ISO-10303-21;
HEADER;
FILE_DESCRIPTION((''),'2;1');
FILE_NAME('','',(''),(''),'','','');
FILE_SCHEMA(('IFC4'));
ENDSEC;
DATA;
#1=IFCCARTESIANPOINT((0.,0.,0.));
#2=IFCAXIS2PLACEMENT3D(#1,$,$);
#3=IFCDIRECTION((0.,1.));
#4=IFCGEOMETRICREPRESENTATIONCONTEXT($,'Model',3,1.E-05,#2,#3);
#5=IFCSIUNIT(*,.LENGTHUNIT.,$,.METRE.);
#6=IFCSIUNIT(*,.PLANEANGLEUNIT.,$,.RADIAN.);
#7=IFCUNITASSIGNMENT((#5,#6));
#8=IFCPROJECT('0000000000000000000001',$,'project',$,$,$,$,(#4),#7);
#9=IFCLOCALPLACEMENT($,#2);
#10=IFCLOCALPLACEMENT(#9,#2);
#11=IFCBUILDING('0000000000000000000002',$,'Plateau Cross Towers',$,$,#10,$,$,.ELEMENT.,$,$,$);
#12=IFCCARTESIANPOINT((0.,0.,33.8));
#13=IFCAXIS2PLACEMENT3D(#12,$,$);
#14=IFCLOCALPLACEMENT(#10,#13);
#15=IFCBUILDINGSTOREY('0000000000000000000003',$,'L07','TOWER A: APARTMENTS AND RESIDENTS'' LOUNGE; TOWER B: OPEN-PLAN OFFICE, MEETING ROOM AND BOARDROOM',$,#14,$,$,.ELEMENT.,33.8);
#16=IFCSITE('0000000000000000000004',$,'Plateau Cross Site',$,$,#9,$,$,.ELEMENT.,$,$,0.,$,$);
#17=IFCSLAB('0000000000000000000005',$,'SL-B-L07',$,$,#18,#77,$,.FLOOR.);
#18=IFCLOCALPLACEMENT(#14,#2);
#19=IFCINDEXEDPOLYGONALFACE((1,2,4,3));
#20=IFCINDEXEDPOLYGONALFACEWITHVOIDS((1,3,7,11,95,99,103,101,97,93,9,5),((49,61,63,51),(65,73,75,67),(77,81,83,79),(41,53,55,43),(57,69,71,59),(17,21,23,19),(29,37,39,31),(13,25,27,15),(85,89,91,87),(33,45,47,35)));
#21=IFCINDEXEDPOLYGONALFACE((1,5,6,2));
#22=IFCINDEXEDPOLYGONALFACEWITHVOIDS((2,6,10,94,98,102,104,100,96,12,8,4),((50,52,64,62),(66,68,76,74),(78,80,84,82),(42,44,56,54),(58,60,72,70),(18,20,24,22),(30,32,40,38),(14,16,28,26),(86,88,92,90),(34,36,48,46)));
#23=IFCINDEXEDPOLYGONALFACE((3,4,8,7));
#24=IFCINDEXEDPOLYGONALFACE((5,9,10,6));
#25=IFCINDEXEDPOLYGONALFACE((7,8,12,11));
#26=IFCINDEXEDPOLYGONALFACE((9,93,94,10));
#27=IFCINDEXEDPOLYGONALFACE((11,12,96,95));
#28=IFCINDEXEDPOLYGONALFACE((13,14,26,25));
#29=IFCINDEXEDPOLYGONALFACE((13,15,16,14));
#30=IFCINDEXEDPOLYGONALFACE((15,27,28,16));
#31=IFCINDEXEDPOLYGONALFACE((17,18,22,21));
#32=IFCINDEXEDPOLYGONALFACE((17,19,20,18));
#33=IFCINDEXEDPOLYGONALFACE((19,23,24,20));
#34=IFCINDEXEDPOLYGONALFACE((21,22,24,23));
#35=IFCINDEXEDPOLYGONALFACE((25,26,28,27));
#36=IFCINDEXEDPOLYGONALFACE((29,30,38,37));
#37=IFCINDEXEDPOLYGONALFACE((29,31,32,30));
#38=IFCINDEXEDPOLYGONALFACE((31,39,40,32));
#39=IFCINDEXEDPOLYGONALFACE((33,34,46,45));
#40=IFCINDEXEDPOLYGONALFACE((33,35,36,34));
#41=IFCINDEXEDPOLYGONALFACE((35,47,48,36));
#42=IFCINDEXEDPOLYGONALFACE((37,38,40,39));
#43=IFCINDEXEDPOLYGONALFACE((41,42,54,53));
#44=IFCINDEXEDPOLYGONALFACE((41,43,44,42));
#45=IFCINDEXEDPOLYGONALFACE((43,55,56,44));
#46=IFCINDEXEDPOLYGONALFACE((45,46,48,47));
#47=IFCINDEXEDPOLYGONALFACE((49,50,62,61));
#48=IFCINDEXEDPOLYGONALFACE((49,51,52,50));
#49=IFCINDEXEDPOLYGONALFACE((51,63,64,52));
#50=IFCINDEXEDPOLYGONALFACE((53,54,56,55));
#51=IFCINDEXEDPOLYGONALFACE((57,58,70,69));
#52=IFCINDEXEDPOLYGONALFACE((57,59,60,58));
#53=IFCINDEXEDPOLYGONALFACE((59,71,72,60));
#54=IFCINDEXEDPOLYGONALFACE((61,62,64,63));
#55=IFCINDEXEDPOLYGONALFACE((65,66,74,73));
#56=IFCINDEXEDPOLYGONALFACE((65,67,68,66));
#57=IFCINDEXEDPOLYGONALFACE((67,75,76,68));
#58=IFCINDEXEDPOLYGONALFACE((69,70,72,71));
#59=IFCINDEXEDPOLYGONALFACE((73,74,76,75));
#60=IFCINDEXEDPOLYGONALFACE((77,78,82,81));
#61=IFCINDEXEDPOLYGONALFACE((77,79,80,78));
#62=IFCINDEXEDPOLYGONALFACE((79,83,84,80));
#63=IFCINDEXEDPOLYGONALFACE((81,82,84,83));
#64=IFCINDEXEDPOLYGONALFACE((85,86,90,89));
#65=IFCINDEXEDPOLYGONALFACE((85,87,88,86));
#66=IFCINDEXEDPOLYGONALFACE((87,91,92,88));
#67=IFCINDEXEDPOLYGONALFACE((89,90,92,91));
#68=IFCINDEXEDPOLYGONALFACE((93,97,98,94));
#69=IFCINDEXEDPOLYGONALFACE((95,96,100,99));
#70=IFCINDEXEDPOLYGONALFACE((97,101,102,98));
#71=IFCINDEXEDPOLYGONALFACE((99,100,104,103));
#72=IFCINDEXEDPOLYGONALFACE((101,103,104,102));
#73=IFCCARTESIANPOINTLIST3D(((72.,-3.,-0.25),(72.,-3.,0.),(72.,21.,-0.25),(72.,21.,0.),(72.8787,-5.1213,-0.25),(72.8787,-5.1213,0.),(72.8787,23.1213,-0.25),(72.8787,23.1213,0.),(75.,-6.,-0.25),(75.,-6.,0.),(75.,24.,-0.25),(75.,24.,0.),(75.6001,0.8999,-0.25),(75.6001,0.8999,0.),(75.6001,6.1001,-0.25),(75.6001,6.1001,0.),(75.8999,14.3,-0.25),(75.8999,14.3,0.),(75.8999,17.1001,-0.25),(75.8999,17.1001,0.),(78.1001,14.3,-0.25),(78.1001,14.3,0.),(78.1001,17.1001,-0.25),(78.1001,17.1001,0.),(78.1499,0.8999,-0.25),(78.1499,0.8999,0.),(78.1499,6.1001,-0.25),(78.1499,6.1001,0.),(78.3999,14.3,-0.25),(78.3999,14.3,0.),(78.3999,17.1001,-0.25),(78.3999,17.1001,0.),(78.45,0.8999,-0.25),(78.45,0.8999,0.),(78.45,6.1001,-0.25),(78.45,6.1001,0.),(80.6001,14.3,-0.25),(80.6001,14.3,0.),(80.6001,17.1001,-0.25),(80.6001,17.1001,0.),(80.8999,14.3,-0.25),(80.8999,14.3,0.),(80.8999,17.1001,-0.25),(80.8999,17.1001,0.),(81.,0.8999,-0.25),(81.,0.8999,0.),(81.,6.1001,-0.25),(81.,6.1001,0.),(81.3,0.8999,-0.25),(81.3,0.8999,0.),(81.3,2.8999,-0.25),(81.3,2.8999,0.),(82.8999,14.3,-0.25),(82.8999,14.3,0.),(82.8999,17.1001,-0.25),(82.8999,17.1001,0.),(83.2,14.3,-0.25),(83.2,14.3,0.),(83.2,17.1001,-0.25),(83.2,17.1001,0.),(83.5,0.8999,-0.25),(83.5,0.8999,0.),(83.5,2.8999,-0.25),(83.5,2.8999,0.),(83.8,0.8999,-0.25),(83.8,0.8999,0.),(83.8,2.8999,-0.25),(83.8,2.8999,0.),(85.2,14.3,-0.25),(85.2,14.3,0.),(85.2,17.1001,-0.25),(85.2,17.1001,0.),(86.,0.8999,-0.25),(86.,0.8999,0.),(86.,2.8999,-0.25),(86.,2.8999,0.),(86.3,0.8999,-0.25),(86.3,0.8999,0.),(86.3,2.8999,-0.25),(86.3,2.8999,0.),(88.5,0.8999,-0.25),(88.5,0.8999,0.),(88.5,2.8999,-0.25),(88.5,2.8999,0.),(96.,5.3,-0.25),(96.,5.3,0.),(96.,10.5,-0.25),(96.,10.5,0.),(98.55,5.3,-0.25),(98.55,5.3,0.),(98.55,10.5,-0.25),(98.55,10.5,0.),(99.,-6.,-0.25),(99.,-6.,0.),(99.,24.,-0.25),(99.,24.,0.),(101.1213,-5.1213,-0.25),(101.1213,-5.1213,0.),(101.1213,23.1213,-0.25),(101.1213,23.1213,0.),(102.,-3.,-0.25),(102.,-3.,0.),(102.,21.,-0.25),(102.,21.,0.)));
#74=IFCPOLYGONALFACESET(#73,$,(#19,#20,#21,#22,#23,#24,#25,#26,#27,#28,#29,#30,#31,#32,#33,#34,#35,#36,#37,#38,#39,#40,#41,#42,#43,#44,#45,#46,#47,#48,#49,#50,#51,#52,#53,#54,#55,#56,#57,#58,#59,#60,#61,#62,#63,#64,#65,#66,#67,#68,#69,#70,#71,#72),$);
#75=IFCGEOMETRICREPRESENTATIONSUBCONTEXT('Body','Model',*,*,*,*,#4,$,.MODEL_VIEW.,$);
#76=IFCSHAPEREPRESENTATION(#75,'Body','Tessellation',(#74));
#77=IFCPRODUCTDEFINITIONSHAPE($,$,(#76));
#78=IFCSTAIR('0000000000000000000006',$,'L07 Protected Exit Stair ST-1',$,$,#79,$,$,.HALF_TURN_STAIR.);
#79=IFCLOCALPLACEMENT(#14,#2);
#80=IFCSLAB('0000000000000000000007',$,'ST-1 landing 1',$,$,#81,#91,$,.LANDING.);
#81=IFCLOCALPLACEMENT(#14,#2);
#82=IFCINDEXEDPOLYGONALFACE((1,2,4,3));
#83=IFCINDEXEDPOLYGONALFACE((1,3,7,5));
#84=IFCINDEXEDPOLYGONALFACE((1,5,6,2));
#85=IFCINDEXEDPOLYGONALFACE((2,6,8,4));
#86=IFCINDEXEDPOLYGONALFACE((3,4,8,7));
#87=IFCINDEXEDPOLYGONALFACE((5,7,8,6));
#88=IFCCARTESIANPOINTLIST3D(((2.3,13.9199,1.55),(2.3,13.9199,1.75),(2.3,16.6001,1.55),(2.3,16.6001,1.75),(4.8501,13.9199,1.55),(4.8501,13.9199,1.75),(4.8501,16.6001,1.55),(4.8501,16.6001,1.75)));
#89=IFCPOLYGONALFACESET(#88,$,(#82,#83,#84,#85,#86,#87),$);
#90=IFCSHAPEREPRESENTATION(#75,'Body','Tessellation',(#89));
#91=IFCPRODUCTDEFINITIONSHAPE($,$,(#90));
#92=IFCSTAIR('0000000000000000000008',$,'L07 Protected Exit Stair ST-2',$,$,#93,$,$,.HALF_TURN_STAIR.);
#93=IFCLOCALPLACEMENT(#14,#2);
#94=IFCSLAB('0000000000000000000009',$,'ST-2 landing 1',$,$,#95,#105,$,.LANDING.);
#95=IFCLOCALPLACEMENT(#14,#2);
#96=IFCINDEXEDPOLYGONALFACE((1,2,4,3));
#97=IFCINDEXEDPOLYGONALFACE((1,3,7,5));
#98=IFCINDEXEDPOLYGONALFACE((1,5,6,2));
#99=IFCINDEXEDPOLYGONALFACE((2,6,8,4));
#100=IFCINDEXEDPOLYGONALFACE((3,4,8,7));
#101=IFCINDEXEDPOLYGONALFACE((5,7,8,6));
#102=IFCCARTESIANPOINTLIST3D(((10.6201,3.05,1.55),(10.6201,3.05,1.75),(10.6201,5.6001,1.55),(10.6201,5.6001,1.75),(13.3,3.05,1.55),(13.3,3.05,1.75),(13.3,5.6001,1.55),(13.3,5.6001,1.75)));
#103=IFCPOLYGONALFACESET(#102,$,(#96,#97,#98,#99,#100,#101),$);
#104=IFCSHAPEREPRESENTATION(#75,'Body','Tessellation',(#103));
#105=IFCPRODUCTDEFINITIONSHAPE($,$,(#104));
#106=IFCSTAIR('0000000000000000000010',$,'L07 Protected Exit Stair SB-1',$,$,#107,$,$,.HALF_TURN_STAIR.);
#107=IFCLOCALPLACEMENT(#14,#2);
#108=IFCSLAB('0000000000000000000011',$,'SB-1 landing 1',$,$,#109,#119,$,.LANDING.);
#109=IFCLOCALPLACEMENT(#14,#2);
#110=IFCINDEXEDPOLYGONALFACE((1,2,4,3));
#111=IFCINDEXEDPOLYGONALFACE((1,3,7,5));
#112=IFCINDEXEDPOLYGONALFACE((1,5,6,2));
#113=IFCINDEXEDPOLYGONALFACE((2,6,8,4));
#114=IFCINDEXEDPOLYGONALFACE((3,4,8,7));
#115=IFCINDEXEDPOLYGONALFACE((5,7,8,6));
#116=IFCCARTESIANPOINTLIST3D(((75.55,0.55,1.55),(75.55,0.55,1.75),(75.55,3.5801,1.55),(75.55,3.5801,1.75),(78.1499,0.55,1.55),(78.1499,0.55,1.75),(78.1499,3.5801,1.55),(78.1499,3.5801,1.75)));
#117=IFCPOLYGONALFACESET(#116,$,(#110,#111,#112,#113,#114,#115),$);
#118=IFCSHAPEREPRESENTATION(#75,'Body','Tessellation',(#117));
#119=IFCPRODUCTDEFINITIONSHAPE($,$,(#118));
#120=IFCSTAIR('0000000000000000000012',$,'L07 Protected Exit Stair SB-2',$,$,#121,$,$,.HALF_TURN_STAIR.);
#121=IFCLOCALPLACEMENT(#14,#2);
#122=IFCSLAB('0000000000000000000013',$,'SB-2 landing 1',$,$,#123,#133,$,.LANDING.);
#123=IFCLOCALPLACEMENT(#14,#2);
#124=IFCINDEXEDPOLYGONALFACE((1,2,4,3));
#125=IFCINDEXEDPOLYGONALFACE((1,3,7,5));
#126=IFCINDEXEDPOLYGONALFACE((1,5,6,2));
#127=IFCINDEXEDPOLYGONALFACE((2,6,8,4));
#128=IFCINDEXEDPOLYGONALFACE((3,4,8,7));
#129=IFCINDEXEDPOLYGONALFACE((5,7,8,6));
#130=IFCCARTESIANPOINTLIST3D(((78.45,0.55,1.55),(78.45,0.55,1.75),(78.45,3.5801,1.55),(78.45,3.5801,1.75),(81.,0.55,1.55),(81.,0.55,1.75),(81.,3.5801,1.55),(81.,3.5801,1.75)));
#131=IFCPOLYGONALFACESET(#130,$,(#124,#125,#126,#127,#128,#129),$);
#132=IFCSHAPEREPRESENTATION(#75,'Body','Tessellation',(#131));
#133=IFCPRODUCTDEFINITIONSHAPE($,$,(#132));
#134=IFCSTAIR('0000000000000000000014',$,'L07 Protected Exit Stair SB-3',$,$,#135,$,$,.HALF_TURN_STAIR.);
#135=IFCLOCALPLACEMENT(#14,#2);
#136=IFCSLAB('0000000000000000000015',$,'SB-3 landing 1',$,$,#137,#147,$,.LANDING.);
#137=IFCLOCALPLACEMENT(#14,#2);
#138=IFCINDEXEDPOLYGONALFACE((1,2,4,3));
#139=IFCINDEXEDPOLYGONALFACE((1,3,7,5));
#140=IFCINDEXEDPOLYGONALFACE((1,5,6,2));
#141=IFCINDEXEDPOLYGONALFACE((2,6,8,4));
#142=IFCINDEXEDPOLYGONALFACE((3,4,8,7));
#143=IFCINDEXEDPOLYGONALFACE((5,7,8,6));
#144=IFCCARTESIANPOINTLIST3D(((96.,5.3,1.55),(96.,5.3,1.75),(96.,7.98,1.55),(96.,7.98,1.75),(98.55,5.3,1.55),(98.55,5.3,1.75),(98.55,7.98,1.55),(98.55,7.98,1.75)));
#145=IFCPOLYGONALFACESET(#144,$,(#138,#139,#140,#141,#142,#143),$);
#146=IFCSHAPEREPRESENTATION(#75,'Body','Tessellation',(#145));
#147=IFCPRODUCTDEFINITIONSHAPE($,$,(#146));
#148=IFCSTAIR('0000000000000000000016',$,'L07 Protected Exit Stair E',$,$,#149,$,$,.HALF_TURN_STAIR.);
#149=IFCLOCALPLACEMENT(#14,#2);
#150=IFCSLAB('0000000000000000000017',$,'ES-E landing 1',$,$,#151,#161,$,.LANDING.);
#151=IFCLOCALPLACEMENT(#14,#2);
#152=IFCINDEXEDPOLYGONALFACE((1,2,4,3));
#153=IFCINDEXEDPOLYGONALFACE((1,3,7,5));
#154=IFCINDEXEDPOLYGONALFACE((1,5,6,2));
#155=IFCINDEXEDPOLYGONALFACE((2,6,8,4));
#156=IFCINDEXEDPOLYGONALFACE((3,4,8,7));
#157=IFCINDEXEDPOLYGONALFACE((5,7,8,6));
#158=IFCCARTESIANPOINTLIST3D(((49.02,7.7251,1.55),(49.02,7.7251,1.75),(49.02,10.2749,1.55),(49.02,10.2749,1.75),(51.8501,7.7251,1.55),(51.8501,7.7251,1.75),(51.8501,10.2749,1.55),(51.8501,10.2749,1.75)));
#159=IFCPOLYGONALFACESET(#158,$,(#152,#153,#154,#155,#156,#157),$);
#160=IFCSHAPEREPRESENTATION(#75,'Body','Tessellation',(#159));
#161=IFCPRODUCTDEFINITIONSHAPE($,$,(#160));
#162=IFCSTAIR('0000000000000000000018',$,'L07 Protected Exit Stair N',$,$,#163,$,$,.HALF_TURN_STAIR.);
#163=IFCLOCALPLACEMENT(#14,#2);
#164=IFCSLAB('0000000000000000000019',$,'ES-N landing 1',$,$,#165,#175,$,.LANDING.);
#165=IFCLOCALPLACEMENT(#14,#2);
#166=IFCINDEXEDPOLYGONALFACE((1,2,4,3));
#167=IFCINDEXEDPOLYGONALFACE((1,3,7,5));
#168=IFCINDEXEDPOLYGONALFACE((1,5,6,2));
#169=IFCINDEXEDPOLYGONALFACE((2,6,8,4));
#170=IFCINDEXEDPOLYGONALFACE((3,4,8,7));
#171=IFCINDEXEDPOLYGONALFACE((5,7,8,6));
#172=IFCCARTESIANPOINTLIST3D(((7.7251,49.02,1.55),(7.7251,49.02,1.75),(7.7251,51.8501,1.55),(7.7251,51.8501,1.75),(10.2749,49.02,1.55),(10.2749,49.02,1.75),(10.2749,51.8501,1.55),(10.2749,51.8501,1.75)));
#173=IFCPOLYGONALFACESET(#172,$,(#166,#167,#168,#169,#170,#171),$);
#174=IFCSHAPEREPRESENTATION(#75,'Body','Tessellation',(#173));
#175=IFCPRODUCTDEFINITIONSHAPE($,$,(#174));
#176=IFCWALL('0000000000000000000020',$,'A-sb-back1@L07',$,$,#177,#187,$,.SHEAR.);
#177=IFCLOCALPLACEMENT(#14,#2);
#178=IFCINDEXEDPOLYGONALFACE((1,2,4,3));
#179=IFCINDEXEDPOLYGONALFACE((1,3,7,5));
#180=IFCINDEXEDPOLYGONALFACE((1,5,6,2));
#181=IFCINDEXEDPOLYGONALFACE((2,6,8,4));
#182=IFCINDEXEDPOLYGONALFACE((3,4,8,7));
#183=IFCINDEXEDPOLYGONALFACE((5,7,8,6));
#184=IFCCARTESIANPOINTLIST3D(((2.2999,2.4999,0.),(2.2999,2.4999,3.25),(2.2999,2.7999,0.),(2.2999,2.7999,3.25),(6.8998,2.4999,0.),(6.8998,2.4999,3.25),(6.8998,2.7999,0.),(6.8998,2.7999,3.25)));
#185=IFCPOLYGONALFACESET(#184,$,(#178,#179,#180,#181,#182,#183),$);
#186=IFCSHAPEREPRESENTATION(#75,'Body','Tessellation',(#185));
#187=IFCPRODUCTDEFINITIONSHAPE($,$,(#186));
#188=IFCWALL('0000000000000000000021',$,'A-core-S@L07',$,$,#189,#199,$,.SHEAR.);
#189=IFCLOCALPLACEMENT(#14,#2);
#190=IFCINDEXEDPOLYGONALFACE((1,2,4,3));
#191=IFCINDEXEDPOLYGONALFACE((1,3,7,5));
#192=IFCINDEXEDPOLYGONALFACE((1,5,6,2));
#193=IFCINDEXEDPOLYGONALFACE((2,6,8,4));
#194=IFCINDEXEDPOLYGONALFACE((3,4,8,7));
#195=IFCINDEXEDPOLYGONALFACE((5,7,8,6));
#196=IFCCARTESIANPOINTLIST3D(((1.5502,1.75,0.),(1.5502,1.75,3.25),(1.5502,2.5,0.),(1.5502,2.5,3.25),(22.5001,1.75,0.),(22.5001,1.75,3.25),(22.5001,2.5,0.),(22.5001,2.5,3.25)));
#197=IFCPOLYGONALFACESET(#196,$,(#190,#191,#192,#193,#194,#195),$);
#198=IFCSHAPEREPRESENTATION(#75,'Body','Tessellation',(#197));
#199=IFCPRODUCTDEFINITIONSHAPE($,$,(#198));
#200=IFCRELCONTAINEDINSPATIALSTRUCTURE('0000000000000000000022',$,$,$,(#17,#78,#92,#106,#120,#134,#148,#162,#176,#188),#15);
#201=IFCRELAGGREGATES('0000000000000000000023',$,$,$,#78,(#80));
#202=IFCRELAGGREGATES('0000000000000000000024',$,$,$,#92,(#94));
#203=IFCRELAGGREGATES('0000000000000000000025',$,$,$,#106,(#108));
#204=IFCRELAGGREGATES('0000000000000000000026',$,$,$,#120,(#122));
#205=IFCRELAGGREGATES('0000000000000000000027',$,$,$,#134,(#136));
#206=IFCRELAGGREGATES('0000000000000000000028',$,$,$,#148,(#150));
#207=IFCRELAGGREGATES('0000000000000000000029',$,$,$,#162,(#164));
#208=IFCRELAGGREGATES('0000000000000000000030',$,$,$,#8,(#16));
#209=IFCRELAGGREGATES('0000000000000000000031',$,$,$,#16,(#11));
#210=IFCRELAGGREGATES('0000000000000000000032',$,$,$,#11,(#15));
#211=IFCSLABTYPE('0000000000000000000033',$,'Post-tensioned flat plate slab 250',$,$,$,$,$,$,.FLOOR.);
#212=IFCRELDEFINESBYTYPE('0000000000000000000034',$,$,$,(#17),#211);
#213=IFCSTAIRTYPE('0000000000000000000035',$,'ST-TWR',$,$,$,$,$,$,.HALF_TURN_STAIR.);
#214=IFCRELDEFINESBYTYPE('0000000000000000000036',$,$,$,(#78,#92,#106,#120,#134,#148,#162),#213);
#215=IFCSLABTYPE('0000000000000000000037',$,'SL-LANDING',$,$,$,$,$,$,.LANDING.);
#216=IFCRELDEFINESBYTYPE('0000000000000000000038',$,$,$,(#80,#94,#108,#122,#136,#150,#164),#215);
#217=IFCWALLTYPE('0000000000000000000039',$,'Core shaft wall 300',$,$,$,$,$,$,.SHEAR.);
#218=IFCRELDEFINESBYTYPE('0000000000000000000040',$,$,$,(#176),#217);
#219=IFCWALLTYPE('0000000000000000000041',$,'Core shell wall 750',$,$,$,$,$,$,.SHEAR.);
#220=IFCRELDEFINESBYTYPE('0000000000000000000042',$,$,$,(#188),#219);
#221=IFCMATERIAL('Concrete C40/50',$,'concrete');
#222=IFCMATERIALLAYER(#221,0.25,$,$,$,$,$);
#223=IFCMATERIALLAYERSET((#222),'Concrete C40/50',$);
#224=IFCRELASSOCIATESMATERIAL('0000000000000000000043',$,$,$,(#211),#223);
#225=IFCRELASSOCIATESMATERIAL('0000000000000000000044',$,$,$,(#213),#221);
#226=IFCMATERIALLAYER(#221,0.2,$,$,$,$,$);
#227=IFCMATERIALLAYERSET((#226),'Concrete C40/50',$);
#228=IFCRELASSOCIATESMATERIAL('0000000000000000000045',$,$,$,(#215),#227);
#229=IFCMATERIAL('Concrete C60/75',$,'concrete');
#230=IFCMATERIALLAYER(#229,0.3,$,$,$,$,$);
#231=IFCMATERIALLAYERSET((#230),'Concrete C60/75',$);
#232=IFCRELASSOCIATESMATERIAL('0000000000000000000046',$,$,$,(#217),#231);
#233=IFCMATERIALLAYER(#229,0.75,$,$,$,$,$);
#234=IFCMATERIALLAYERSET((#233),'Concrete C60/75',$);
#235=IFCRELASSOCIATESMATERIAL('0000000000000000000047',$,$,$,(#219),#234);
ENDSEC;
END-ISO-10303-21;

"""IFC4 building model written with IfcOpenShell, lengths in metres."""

from ifc_helpers import new_model, si_unit, direction, frame, frame_2d, origin, place, context, subcontext, project, spatial, polyline, rectangle, outline, extrude, material, layer, layer_set, type_object, element, aggregate, save


model = new_model("IFC4")

# Units and contexts
model_context = context("Model", 3, precision=1e-05, world=origin(), true_north=direction((0.0, 1.0)))
body_context = subcontext(model_context, "Body", "Model", "MODEL_VIEW")
ifc_project = project(units=[si_unit("LENGTHUNIT", "METRE"), si_unit("PLANEANGLEUNIT", "RADIAN")], contexts=[model_context])

# Site, building, storey
site_placement = place(None, origin())
site = spatial("IfcSite", under=ifc_project, at=site_placement, Name="Plateau Cross Site", CompositionType="ELEMENT", RefElevation=0.0)
building_placement = place(site_placement, origin())
building = spatial("IfcBuilding", under=site, at=building_placement, Name="Plateau Cross Towers", CompositionType="ELEMENT")
storey_placement = place(building_placement, frame((0.0, 0.0, 33.8)))
storey = spatial("IfcBuildingStorey", under=building, at=storey_placement, Name="L07", Description="TOWER A: APARTMENTS AND RESIDENTS' LOUNGE; TOWER B: OPEN-PLAN OFFICE, MEETING ROOM AND BOARDROOM", CompositionType="ELEMENT", Elevation=33.8)

# Shared definitions
ifc_material_1 = material(Name="Concrete C60/75", Category="concrete")

# Shared definitions
ifc_material_2 = material(Name="Concrete C40/50", Category="concrete")

# Slab
ifc_layer_1 = layer(ifc_material_2, 0.25)
ifc_layer_set_1 = layer_set([ifc_layer_1], Name="Concrete C40/50")
slab_type_1 = type_object("IfcSlabType", Name="Post-tensioned flat plate slab 250", PredefinedType="FLOOR", material=ifc_layer_set_1)
slab_1_placement = place(storey_placement, frame((0.0, 0.0, -0.25)))
element("IfcSlab", 1, at=slab_1_placement, inside=storey, type_object=slab_type_1, Name="SL-B-L07", PredefinedType="FLOOR", context=body_context, shape_type="SweptSolid", body=[
    extrude(outline(polyline([(72.8787, -5.1213), (72.0, -3.0), (72.0, 21.0), (72.8787, 23.1213), (75.0, 24.0), (99.0, 24.0), (101.1213, 23.1213), (102.0, 21.0), (102.0, -3.0), (101.1213, -5.1213), (99.0, -6.0), (75.0, -6.0), (72.8787, -5.1213)]), holes=[polyline([(75.6001, 0.8999), (78.1499, 0.8999), (78.1499, 6.1001), (75.6001, 6.1001), (75.6001, 0.8999)]), polyline([(78.1001, 14.3), (78.1001, 17.1001), (75.8999, 17.1001), (75.8999, 14.3), (78.1001, 14.3)]), polyline([(83.5, 0.8999), (83.5, 2.8999), (81.3, 2.8999), (81.3, 0.8999), (83.5, 0.8999)]), polyline([(86.0, 0.8999), (86.0, 2.8999), (83.8, 2.8999), (83.8, 0.8999), (86.0, 0.8999)]), polyline([(88.5, 0.8999), (88.5, 2.8999), (86.3, 2.8999), (86.3, 0.8999), (88.5, 0.8999)]), polyline([(78.45, 0.8999), (81.0, 0.8999), (81.0, 6.1001), (78.45, 6.1001), (78.45, 0.8999)]), polyline([(96.0, 5.3), (98.55, 5.3), (98.55, 10.5), (96.0, 10.5), (96.0, 5.3)]), polyline([(80.6001, 14.3), (80.6001, 17.1001), (78.3999, 17.1001), (78.3999, 14.3), (80.6001, 14.3)]), polyline([(80.8999, 14.3), (82.8999, 14.3), (82.8999, 17.1001), (80.8999, 17.1001), (80.8999, 14.3)]), polyline([(83.2, 14.3), (85.2, 14.3), (85.2, 17.1001), (83.2, 17.1001), (83.2, 14.3)])]), origin(), (0.0, 0.0, 1.0), 0.25),
])

# Stairs, slabs
stair_type = type_object("IfcStairType", Name="ST-TWR", PredefinedType="HALF_TURN_STAIR", material=ifc_material_2)
stair_1_placement = place(storey_placement, origin())
stair_1 = element("IfcStair", 2, at=stair_1_placement, inside=storey, type_object=stair_type, Name="L07 Protected Exit Stair ST-1", PredefinedType="HALF_TURN_STAIR")
ifc_layer_2 = layer(ifc_material_2, 0.2)
ifc_layer_set_2 = layer_set([ifc_layer_2], Name="Concrete C40/50")
slab_type_2 = type_object("IfcSlabType", Name="SL-LANDING", PredefinedType="LANDING", material=ifc_layer_set_2)
slab_2_placement = place(storey_placement, frame((0.0, 0.0, 1.55)))
slab_2 = element("IfcSlab", 3, at=slab_2_placement, type_object=slab_type_2, Name="ST-1 landing 1", PredefinedType="LANDING", context=body_context, shape_type="SweptSolid", body=[
    extrude(outline(polyline([(4.8501, 13.9199), (4.8501, 16.6001), (2.3, 16.6001), (2.3, 13.9199), (4.8501, 13.9199)])), origin(), (0.0, 0.0, 1.0), 0.2),
])
aggregate(stair_1, [slab_2])
stair_2_placement = place(storey_placement, origin())
stair_2 = element("IfcStair", 4, at=stair_2_placement, inside=storey, type_object=stair_type, Name="L07 Protected Exit Stair ST-2", PredefinedType="HALF_TURN_STAIR")
slab_3_placement = place(storey_placement, frame((0.0, 0.0, 1.55)))
slab_3 = element("IfcSlab", 5, at=slab_3_placement, type_object=slab_type_2, Name="ST-2 landing 1", PredefinedType="LANDING", context=body_context, shape_type="SweptSolid", body=[
    extrude(outline(polyline([(10.6201, 3.05), (13.3, 3.05), (13.3, 5.6001), (10.6201, 5.6001), (10.6201, 3.05)])), origin(), (0.0, 0.0, 1.0), 0.2),
])
aggregate(stair_2, [slab_3])
stair_3_placement = place(storey_placement, origin())
stair_3 = element("IfcStair", 6, at=stair_3_placement, inside=storey, type_object=stair_type, Name="L07 Protected Exit Stair SB-1", PredefinedType="HALF_TURN_STAIR")
slab_4_placement = place(storey_placement, frame((0.0, 0.0, 1.55)))
slab_4 = element("IfcSlab", 7, at=slab_4_placement, type_object=slab_type_2, Name="SB-1 landing 1", PredefinedType="LANDING", context=body_context, shape_type="SweptSolid", body=[
    extrude(outline(polyline([(75.55, 3.5801), (75.55, 0.55), (78.1499, 0.55), (78.1499, 3.5801), (75.55, 3.5801)])), origin(), (0.0, 0.0, 1.0), 0.2),
])
aggregate(stair_3, [slab_4])
stair_4_placement = place(storey_placement, origin())
stair_4 = element("IfcStair", 8, at=stair_4_placement, inside=storey, type_object=stair_type, Name="L07 Protected Exit Stair SB-2", PredefinedType="HALF_TURN_STAIR")
slab_5_placement = place(storey_placement, frame((0.0, 0.0, 1.55)))
slab_5 = element("IfcSlab", 9, at=slab_5_placement, type_object=slab_type_2, Name="SB-2 landing 1", PredefinedType="LANDING", context=body_context, shape_type="SweptSolid", body=[
    extrude(outline(polyline([(78.45, 3.5801), (78.45, 0.55), (81.0, 0.55), (81.0, 3.5801), (78.45, 3.5801)])), origin(), (0.0, 0.0, 1.0), 0.2),
])
aggregate(stair_4, [slab_5])
stair_5_placement = place(storey_placement, origin())
stair_5 = element("IfcStair", 10, at=stair_5_placement, inside=storey, type_object=stair_type, Name="L07 Protected Exit Stair SB-3", PredefinedType="HALF_TURN_STAIR")
slab_6_placement = place(storey_placement, frame((0.0, 0.0, 1.55)))
slab_6 = element("IfcSlab", 11, at=slab_6_placement, type_object=slab_type_2, Name="SB-3 landing 1", PredefinedType="LANDING", context=body_context, shape_type="SweptSolid", body=[
    extrude(outline(polyline([(96.0, 7.98), (96.0, 5.3), (98.55, 5.3), (98.55, 7.98), (96.0, 7.98)])), origin(), (0.0, 0.0, 1.0), 0.2),
])
aggregate(stair_5, [slab_6])
stair_6_placement = place(storey_placement, origin())
stair_6 = element("IfcStair", 12, at=stair_6_placement, inside=storey, type_object=stair_type, Name="L07 Protected Exit Stair E", PredefinedType="HALF_TURN_STAIR")
slab_7_placement = place(storey_placement, frame((0.0, 0.0, 1.55)))
slab_7 = element("IfcSlab", 13, at=slab_7_placement, type_object=slab_type_2, Name="ES-E landing 1", PredefinedType="LANDING", context=body_context, shape_type="SweptSolid", body=[
    extrude(outline(polyline([(49.02, 7.7251), (51.8501, 7.7251), (51.8501, 10.2749), (49.02, 10.2749), (49.02, 7.7251)])), origin(), (0.0, 0.0, 1.0), 0.2),
])
aggregate(stair_6, [slab_7])
stair_7_placement = place(storey_placement, origin())
stair_7 = element("IfcStair", 14, at=stair_7_placement, inside=storey, type_object=stair_type, Name="L07 Protected Exit Stair N", PredefinedType="HALF_TURN_STAIR")
slab_8_placement = place(storey_placement, frame((0.0, 0.0, 1.55)))
slab_8 = element("IfcSlab", 15, at=slab_8_placement, type_object=slab_type_2, Name="ES-N landing 1", PredefinedType="LANDING", context=body_context, shape_type="SweptSolid", body=[
    extrude(outline(polyline([(10.2749, 49.02), (10.2749, 51.8501), (7.7251, 51.8501), (7.7251, 49.02), (10.2749, 49.02)])), origin(), (0.0, 0.0, 1.0), 0.2),
])
aggregate(stair_7, [slab_8])

# Walls
ifc_layer_3 = layer(ifc_material_1, 0.3)
ifc_layer_set_3 = layer_set([ifc_layer_3], Name="Concrete C60/75")
wall_type_1 = type_object("IfcWallType", Name="Core shaft wall 300", PredefinedType="SHEAR", material=ifc_layer_set_3)
wall_1_placement = place(storey_placement, frame((2.3, 2.6499, 0.0), z_axis=(0.0, 0.0, 1.0), x_axis=(1.0, 0.0, 0.0)))
element("IfcWall", 16, at=wall_1_placement, inside=storey, type_object=wall_type_1, Name="A-sb-back1@L07", PredefinedType="SHEAR", context=body_context, shape_type="SweptSolid", body=[
    extrude(rectangle(XDim=4.5999, YDim=0.3, at=frame_2d((2.2998, 0.0))), origin(), (0.0, 0.0, 1.0), 3.25),
])
ifc_layer_4 = layer(ifc_material_1, 0.75)
ifc_layer_set_4 = layer_set([ifc_layer_4], Name="Concrete C60/75")
wall_type_2 = type_object("IfcWallType", Name="Core shell wall 750", PredefinedType="SHEAR", material=ifc_layer_set_4)
wall_2_placement = place(storey_placement, frame((1.55, 2.125, 0.0), z_axis=(0.0, 0.0, 1.0), x_axis=(1.0, 0.0, 0.0)))
element("IfcWall", 17, at=wall_2_placement, inside=storey, type_object=wall_type_2, Name="A-core-S@L07", PredefinedType="SHEAR", context=body_context, shape_type="SweptSolid", body=[
    extrude(rectangle(XDim=20.95, YDim=0.75, at=frame_2d((10.4751, 0.0))), origin(), (0.0, 0.0, 1.0), 3.25),
])

save(model, "model.ifc")
